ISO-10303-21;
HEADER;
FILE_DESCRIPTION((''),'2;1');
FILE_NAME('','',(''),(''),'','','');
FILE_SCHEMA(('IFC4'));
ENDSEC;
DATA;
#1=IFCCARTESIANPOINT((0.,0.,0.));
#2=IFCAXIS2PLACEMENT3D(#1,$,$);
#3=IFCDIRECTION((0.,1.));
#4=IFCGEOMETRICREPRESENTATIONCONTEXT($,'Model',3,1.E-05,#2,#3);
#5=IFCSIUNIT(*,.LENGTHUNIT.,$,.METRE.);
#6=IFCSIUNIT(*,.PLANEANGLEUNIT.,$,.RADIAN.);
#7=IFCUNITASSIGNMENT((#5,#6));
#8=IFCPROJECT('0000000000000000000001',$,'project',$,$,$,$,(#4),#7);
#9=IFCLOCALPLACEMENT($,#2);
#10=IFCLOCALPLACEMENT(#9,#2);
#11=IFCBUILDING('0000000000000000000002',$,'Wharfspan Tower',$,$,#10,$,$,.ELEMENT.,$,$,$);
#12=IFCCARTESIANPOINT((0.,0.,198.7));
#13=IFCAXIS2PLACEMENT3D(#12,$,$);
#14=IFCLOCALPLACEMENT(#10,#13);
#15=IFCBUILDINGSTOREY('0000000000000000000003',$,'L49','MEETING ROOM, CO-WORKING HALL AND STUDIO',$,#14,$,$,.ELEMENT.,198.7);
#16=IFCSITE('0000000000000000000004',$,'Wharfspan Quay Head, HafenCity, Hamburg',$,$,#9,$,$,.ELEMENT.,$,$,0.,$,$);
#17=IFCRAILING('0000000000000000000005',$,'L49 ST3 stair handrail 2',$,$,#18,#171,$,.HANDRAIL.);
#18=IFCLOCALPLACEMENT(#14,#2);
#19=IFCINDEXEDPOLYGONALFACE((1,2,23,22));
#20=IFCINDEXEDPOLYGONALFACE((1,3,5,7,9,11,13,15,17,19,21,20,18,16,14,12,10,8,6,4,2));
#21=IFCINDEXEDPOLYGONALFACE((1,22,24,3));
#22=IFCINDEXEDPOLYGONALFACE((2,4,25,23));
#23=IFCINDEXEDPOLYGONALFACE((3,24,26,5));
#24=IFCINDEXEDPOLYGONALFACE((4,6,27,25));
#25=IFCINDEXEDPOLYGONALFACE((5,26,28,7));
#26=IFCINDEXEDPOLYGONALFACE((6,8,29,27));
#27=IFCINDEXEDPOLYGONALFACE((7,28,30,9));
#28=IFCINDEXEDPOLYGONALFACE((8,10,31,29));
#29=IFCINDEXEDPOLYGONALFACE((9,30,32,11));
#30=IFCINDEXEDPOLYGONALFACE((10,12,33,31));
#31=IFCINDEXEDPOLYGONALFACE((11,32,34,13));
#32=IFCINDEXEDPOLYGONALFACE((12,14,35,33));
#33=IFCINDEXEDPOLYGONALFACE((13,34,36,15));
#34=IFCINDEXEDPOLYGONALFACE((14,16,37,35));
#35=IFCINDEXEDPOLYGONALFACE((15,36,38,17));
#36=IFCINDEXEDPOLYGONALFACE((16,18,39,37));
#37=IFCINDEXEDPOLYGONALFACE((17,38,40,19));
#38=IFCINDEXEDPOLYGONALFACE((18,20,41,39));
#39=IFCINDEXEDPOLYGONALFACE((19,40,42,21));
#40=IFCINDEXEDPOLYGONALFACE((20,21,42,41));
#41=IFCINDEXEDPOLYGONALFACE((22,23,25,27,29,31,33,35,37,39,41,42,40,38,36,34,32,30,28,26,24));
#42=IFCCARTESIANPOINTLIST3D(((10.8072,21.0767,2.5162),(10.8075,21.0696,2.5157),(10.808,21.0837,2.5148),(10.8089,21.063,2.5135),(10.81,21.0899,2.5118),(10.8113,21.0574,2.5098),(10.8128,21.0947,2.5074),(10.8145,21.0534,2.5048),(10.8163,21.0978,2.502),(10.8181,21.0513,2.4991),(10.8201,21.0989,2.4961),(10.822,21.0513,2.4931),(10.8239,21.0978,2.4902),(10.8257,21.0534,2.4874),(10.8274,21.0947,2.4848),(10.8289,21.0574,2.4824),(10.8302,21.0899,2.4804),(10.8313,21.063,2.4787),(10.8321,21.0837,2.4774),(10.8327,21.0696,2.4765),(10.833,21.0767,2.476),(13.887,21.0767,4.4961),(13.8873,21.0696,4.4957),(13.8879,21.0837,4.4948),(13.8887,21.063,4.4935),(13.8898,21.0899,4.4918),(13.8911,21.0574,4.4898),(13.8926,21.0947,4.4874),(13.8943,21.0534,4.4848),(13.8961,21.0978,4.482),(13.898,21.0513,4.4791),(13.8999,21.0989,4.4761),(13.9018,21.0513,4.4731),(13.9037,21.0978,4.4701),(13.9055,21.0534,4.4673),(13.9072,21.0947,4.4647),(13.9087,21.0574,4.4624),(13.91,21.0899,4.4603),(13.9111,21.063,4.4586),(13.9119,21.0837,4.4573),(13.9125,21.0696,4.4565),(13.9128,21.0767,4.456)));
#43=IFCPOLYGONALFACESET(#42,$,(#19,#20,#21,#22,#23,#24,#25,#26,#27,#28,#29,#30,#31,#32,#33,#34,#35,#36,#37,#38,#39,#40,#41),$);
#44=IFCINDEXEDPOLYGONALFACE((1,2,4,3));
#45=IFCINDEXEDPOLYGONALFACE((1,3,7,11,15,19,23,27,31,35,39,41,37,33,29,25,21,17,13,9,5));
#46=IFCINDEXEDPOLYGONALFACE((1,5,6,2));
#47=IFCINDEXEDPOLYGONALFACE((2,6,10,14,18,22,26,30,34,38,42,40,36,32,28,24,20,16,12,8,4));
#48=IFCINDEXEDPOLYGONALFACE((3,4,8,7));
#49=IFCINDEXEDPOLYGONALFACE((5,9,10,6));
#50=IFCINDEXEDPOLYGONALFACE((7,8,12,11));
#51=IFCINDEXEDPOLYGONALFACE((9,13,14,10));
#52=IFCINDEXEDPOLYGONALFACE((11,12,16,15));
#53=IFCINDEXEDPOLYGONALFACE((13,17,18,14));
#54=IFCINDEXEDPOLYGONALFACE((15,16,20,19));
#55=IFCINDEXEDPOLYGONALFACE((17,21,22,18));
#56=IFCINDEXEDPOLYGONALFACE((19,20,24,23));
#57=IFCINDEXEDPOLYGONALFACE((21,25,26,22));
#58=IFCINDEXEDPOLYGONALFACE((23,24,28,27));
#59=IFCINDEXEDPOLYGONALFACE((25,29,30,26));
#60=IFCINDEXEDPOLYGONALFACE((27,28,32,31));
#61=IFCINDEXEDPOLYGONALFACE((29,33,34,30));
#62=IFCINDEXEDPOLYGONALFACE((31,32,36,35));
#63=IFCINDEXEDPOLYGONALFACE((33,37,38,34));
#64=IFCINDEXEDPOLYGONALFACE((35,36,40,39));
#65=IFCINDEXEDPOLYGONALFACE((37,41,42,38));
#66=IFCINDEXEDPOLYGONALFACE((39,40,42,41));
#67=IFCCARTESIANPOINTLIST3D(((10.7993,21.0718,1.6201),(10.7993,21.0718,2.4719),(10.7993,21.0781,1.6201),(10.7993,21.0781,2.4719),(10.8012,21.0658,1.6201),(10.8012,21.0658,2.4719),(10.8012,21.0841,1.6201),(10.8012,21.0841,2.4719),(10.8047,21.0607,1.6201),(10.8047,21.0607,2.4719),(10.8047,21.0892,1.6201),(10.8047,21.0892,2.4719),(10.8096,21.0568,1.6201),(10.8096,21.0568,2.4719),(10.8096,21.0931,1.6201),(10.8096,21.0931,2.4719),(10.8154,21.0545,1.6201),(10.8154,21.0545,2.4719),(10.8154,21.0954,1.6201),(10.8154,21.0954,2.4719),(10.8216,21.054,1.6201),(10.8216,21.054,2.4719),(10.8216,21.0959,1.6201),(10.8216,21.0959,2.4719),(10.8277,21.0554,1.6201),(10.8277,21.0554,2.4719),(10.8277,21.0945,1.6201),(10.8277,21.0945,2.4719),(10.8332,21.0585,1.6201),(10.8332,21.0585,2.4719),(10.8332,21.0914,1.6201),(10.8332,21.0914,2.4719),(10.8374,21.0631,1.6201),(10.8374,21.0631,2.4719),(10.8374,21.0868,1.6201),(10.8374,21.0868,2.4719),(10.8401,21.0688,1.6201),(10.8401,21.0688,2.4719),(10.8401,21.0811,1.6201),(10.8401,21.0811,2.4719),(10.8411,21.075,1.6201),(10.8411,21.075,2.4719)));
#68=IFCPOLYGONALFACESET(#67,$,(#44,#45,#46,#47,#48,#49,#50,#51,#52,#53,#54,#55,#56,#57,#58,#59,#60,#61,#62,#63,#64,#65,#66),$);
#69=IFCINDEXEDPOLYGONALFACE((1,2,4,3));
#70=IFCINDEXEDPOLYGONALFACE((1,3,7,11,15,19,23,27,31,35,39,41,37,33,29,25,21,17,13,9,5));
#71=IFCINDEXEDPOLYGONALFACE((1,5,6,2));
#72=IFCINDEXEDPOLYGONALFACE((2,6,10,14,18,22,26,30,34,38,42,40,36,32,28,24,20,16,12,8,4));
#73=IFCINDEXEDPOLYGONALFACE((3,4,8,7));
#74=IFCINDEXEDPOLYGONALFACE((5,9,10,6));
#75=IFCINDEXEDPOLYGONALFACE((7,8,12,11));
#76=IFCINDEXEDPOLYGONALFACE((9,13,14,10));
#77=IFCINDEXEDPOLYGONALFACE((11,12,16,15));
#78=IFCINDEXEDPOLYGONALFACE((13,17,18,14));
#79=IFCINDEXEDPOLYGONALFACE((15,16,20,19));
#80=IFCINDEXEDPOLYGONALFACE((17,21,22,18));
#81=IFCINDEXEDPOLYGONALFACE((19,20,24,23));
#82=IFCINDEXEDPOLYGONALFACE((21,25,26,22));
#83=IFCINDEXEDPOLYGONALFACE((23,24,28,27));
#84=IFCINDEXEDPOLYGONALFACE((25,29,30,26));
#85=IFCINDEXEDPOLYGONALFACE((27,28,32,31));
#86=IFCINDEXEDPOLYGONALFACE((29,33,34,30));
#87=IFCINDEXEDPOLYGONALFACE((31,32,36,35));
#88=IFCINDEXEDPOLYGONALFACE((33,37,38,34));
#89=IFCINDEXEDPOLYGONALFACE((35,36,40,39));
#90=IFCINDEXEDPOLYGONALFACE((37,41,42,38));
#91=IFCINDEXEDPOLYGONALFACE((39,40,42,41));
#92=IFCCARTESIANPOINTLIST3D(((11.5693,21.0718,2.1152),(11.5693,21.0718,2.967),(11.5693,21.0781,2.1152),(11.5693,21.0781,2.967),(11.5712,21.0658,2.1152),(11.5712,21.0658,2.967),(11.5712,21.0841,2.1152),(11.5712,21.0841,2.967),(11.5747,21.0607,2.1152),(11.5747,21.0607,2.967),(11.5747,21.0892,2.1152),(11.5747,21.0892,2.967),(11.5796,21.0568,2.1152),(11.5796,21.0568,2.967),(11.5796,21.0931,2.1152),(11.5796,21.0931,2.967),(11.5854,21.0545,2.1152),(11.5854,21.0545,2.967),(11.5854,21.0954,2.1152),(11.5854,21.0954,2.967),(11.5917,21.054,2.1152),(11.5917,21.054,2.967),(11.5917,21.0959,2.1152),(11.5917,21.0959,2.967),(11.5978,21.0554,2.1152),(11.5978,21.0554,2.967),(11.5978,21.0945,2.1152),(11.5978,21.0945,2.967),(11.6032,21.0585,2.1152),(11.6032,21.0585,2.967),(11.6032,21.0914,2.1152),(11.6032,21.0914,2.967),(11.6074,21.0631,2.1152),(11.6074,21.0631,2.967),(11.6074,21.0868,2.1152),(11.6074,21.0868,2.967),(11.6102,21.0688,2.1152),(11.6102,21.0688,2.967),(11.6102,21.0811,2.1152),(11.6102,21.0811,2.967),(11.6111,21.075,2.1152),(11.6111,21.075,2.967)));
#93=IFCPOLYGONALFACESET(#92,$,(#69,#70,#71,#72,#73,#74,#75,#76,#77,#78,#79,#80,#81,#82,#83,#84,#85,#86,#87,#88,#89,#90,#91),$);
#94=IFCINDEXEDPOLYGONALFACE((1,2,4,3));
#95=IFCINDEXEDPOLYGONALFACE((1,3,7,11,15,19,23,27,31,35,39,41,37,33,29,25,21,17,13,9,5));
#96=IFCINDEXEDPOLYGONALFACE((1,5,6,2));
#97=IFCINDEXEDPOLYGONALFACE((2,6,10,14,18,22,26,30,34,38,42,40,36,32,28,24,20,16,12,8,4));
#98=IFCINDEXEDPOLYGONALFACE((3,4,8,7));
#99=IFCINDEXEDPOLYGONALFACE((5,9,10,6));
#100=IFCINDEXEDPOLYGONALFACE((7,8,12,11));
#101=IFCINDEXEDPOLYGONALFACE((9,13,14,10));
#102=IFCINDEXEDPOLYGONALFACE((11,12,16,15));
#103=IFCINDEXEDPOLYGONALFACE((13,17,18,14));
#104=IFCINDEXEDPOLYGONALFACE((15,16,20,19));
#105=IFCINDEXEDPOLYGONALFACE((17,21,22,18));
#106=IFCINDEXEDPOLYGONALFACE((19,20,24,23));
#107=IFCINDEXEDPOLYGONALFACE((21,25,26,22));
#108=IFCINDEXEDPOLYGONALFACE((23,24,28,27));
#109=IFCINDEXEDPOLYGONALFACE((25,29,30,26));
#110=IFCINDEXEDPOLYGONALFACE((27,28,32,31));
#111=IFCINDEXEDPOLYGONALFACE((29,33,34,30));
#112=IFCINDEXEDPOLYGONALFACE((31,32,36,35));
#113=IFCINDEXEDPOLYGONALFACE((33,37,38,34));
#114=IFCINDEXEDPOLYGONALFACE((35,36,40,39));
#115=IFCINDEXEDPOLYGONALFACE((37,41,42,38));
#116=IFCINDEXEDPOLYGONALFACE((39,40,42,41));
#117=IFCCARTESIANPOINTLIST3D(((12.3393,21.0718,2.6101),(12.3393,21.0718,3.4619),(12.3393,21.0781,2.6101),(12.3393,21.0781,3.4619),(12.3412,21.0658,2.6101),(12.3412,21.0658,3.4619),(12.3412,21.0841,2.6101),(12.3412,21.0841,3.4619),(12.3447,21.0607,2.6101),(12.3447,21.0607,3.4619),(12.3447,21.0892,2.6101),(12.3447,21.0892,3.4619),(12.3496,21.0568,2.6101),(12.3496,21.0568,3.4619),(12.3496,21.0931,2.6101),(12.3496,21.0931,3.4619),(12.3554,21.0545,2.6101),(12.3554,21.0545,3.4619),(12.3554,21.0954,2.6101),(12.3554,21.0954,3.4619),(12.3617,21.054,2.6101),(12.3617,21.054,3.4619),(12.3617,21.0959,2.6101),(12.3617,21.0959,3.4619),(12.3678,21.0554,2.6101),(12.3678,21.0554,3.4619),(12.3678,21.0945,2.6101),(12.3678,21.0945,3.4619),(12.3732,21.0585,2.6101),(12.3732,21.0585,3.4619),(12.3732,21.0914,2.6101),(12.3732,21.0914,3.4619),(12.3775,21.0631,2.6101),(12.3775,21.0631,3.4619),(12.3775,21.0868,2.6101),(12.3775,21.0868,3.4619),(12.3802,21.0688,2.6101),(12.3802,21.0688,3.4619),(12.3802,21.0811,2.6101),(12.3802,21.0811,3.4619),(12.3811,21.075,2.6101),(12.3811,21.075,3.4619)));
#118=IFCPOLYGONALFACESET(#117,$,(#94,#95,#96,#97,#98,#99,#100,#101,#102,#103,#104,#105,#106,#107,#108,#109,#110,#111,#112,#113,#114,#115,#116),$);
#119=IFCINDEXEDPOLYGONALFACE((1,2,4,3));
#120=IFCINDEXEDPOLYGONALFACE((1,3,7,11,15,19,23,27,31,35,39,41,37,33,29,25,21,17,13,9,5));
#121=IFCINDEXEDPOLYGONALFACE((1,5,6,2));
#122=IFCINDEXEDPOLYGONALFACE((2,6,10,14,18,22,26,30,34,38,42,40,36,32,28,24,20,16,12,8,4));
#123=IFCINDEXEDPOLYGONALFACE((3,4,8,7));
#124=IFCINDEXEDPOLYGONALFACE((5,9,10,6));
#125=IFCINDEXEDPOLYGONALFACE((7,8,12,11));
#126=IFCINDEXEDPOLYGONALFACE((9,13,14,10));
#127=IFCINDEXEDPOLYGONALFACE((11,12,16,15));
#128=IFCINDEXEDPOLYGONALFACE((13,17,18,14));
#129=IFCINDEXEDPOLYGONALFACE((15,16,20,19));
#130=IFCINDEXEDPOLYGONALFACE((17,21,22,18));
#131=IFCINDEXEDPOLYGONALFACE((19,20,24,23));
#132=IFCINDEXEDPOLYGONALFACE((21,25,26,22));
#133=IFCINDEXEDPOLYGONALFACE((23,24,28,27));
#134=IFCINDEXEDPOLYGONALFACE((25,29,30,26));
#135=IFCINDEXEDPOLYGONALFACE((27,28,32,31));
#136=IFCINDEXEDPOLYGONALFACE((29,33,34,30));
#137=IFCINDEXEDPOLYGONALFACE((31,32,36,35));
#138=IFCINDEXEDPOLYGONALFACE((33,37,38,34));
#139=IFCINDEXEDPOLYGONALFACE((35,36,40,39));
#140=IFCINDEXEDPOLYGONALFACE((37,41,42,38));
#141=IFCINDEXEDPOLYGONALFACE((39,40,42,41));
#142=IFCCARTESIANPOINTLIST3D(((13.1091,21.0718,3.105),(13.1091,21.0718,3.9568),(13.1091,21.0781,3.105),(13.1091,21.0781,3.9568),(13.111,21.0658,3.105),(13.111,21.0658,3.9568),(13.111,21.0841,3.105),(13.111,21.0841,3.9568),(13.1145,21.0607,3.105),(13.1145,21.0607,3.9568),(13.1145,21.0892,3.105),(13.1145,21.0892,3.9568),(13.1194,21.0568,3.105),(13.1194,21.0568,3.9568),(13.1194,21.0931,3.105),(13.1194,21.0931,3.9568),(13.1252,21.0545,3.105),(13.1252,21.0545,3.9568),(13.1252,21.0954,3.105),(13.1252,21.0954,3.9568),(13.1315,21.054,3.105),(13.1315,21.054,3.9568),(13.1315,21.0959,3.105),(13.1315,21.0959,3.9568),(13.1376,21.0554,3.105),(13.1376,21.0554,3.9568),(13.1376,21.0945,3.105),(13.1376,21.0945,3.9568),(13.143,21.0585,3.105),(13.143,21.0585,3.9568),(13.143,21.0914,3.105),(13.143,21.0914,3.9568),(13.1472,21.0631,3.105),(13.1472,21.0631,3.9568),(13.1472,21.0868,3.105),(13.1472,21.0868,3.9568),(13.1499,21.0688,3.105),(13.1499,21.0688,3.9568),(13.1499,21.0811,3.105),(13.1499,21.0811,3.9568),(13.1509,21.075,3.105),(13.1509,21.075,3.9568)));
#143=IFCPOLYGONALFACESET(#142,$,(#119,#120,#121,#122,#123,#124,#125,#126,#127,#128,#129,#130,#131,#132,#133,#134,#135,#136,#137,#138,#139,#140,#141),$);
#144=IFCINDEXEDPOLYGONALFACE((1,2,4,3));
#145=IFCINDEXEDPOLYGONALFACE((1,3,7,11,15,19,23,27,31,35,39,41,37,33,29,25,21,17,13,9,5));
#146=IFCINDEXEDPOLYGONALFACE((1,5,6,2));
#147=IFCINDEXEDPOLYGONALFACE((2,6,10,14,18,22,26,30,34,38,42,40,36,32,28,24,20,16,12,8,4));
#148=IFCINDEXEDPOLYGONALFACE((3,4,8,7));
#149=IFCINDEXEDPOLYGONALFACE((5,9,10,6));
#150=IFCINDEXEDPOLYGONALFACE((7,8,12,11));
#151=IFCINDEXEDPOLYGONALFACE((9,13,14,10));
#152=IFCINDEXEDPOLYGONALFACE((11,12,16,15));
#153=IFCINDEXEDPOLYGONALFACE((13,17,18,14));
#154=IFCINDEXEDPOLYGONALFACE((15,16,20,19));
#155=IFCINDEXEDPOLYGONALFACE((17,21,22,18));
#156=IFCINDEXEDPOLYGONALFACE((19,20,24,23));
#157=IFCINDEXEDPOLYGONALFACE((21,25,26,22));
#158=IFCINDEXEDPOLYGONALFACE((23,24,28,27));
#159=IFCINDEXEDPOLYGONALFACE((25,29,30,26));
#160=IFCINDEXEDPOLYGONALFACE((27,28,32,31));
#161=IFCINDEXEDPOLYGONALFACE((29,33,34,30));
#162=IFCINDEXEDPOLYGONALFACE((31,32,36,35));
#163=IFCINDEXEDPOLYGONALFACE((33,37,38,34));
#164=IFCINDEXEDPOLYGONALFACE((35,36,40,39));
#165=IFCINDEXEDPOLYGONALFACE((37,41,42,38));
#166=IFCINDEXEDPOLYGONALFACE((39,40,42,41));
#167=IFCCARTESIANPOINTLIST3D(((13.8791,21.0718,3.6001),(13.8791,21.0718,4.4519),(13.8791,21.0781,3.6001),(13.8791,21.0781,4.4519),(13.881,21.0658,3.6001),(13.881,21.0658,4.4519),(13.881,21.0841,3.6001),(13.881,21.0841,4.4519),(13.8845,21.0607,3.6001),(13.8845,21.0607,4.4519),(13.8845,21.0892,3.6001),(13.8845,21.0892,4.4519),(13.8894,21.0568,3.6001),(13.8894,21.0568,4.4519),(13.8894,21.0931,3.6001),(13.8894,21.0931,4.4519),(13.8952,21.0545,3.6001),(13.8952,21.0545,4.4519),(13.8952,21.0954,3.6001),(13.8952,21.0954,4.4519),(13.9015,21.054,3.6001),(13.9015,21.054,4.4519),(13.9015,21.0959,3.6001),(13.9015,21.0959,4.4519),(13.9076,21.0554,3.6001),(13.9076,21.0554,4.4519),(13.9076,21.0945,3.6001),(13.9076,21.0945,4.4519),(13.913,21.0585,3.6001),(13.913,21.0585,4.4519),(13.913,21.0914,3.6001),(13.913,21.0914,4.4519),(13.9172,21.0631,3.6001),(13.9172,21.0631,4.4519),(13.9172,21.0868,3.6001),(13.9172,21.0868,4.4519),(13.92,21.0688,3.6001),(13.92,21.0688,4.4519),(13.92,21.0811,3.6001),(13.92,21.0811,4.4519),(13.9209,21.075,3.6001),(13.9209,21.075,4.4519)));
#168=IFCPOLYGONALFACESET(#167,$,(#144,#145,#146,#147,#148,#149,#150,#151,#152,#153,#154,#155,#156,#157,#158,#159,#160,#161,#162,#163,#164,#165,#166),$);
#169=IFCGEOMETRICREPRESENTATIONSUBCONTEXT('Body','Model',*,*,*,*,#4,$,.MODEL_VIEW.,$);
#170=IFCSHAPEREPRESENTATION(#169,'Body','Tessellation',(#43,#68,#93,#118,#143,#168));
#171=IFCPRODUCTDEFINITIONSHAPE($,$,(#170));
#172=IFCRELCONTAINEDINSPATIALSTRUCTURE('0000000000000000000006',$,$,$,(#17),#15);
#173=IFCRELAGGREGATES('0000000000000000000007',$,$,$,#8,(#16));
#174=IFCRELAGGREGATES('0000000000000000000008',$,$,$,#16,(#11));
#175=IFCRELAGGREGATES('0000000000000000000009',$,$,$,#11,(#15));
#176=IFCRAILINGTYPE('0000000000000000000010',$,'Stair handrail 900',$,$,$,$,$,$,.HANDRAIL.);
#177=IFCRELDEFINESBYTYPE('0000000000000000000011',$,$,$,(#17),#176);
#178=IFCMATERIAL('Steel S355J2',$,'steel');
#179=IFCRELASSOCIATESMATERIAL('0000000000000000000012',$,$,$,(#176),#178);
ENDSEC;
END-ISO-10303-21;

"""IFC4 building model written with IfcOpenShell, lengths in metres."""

from ifc_helpers import new_model, si_unit, direction, frame, origin, origin_2d, place, context, subcontext, project, spatial, circle, extrude, material, type_object, element, save


model = new_model("IFC4")

# Units and contexts
model_context = context("Model", 3, precision=1e-05, world=origin(), true_north=direction((0.0, 1.0)))
body_context = subcontext(model_context, "Body", "Model", "MODEL_VIEW")
ifc_project = project(units=[si_unit("LENGTHUNIT", "METRE"), si_unit("PLANEANGLEUNIT", "RADIAN")], contexts=[model_context])

# Site, building, storey
site_placement = place(None, origin())
site = spatial("IfcSite", under=ifc_project, at=site_placement, Name="Wharfspan Quay Head, HafenCity, Hamburg", CompositionType="ELEMENT", RefElevation=0.0)
building_placement = place(site_placement, origin())
building = spatial("IfcBuilding", under=site, at=building_placement, Name="Wharfspan Tower", CompositionType="ELEMENT")
storey_placement = place(building_placement, frame((0.0, 0.0, 198.7)))
storey = spatial("IfcBuildingStorey", under=building, at=storey_placement, Name="L49", Description="MEETING ROOM, CO-WORKING HALL AND STUDIO", CompositionType="ELEMENT", Elevation=198.7)

# Shared definitions
ifc_material_1 = material(Name="Steel S355J2", Category="steel")

# Railing
railing_type_1 = type_object("IfcRailingType", Name="Stair handrail 900", PredefinedType="HANDRAIL", material=ifc_material_1)
railing_1_placement = place(storey_placement, frame((10.8201, 21.075, 1.6201)))
element("IfcRailing", 1, at=railing_1_placement, inside=storey, type_object=railing_type_1, Name="L49 ST3 stair handrail 2", PredefinedType="HANDRAIL", context=body_context, shape_type="SweptSolid", body=[
    extrude(circle(Radius=0.0239, at=origin_2d()), frame((0.0, 0.0, 0.876), z_axis=(0.841168, 0.0, 0.540774), x_axis=(0.0, 1.0, 0.0)), (0.0, 0.0, 1.0), 3.6614),
    extrude(circle(Radius=0.021, at=origin_2d()), origin(), (0.0, 0.0, 1.0), 0.8518),
    extrude(circle(Radius=0.021, at=origin_2d()), frame((0.77, 0.0, 0.4951)), (0.0, 0.0, 1.0), 0.8518),
    extrude(circle(Radius=0.021, at=origin_2d()), frame((1.54, 0.0, 0.99)), (0.0, 0.0, 1.0), 0.8518),
    extrude(circle(Radius=0.021, at=origin_2d()), frame((2.3098, 0.0, 1.4849)), (0.0, 0.0, 1.0), 0.8518),
    extrude(circle(Radius=0.021, at=origin_2d()), frame((3.0798, 0.0, 1.98)), (0.0, 0.0, 1.0), 0.8518),
])

save(model, "model.ifc")
